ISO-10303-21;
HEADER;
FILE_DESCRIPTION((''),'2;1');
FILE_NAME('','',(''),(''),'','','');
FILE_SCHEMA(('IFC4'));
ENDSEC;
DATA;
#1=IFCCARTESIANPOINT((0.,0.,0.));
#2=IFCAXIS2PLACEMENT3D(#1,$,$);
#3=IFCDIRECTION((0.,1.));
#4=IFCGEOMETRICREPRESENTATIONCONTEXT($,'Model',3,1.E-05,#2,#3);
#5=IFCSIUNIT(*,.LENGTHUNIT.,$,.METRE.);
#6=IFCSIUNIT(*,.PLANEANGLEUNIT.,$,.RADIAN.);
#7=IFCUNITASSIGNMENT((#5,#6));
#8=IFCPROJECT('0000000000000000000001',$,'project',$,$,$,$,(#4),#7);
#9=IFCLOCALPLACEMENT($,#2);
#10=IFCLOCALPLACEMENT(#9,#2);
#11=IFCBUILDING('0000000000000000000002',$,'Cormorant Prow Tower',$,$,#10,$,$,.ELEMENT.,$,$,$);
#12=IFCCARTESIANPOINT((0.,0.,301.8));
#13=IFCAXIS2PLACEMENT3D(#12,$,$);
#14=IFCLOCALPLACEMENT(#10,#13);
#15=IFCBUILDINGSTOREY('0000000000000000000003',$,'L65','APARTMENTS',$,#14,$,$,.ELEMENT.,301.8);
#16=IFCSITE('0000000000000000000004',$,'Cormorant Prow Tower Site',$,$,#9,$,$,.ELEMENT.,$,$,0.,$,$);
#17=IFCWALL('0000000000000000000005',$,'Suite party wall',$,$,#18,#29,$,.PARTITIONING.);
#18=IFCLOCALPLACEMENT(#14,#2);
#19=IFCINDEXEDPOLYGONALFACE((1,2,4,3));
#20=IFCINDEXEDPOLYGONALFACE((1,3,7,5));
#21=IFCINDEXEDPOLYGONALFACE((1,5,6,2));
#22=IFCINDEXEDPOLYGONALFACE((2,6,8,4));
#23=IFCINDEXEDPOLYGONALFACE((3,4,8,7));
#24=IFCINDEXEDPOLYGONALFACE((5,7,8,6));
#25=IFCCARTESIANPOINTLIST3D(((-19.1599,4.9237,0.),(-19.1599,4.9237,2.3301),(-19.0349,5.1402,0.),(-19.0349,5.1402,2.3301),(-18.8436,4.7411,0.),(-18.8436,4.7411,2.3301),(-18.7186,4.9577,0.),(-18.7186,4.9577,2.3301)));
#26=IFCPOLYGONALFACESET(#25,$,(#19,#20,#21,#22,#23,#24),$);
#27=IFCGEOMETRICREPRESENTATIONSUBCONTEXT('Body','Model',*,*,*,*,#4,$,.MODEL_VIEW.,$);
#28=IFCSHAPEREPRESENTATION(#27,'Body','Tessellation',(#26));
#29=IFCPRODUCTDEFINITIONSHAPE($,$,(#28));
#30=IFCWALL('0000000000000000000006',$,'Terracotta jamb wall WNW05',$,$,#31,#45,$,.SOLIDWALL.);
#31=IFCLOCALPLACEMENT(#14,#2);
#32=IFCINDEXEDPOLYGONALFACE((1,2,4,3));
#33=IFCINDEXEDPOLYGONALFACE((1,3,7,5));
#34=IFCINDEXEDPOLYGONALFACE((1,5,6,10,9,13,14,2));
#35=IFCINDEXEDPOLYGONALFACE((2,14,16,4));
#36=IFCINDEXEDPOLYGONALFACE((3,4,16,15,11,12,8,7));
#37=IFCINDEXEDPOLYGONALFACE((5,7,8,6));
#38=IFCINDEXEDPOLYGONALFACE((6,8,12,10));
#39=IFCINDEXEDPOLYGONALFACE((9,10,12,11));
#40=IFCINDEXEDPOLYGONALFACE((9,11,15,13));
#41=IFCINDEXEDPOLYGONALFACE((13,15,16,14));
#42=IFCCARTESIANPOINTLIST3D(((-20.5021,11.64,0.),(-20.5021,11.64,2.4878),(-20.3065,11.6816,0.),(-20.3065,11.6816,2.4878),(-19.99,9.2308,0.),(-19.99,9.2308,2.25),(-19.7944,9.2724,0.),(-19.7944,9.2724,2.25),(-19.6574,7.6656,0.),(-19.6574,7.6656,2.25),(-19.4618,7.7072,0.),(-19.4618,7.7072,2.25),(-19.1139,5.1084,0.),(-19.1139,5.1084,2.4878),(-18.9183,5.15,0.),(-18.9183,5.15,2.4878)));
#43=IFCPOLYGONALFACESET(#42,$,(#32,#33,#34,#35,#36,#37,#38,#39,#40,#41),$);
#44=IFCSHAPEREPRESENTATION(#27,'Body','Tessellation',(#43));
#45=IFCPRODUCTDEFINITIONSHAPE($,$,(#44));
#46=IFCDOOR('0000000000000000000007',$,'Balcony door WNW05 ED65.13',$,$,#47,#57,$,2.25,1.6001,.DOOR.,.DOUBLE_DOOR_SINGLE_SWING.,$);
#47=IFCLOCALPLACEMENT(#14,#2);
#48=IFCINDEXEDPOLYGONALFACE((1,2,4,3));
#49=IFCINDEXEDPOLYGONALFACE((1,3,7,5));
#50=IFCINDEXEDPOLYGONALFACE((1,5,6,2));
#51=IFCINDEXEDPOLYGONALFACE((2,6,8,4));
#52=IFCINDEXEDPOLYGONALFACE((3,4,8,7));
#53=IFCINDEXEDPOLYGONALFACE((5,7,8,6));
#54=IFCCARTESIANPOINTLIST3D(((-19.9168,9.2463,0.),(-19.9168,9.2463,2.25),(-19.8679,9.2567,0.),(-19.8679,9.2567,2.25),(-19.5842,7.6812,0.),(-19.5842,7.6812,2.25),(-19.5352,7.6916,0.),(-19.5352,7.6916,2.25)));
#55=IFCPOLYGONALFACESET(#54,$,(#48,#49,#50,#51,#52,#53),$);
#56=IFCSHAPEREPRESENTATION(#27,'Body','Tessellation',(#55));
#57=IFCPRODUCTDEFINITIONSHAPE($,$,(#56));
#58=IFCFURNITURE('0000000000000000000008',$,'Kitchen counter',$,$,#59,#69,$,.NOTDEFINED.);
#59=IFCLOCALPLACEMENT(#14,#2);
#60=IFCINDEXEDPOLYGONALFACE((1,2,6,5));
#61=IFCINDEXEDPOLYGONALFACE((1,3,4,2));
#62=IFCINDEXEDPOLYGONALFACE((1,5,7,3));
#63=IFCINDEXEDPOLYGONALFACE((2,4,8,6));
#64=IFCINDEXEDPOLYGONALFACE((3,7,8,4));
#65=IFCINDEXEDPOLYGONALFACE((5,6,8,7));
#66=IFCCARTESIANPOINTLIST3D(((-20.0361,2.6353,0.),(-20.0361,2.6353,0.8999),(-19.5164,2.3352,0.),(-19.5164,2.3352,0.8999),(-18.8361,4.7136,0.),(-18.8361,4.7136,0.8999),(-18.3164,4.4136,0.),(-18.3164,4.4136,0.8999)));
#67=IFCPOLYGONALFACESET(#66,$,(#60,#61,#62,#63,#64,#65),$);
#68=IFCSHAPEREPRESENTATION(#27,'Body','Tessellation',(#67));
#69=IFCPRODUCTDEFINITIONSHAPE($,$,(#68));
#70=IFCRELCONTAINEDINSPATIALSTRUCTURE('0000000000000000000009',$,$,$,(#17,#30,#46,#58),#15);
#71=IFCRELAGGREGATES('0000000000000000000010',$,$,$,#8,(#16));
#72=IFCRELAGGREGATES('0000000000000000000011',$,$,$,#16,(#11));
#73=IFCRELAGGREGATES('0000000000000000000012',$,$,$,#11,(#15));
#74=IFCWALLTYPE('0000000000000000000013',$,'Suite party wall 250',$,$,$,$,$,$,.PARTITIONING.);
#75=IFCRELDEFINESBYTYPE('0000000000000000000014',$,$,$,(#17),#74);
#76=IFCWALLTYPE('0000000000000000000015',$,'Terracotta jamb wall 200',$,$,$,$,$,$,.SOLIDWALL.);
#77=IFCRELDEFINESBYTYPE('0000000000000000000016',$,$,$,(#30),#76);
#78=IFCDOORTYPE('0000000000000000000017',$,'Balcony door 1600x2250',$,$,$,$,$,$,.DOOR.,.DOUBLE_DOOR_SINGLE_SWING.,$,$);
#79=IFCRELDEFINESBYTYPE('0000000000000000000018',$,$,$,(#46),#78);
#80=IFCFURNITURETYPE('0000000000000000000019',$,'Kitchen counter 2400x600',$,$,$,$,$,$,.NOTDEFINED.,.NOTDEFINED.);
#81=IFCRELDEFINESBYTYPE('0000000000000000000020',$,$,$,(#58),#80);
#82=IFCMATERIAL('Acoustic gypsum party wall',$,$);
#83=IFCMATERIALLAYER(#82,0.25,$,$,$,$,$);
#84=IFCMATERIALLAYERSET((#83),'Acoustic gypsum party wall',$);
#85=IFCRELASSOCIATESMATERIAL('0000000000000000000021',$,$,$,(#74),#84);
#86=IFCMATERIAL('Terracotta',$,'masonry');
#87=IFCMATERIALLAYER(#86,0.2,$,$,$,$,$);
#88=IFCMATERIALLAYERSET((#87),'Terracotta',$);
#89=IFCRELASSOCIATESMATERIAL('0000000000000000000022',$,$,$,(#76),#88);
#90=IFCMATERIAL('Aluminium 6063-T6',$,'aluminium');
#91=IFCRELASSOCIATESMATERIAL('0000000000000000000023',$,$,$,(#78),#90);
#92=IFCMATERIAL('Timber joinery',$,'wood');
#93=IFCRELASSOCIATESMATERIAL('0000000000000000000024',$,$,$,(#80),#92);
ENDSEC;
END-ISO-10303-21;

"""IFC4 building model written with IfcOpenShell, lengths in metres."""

from ifc_helpers import new_model, si_unit, direction, frame, frame_2d, origin, origin_2d, place, context, subcontext, project, spatial, rectangle, extrude, material, layer, layer_set, type_object, element, fill, save


model = new_model("IFC4")

# Units and contexts
model_context = context("Model", 3, precision=1e-05, world=origin(), true_north=direction((0.0, 1.0)))
body_context = subcontext(model_context, "Body", "Model", "MODEL_VIEW")
ifc_project = project(units=[si_unit("LENGTHUNIT", "METRE"), si_unit("PLANEANGLEUNIT", "RADIAN")], contexts=[model_context])

# Site, building, storey
site_placement = place(None, origin())
site = spatial("IfcSite", under=ifc_project, at=site_placement, Name="Cormorant Prow Tower Site", CompositionType="ELEMENT", RefElevation=0.0)
building_placement = place(site_placement, origin())
building = spatial("IfcBuilding", under=site, at=building_placement, Name="Cormorant Prow Tower", CompositionType="ELEMENT")
storey_placement = place(building_placement, frame((0.0, 0.0, 301.8)))
storey = spatial("IfcBuildingStorey", under=building, at=storey_placement, Name="L65", Description="APARTMENTS", CompositionType="ELEMENT", Elevation=301.8)

# Wall
ifc_material_1 = material(Name="Acoustic gypsum party wall")
ifc_layer_1 = layer(ifc_material_1, 0.25)
ifc_layer_set_1 = layer_set([ifc_layer_1], Name="Acoustic gypsum party wall")
wall_type_1 = type_object("IfcWallType", Name="Suite party wall 250", PredefinedType="PARTITIONING", material=ifc_layer_set_1)
wall_1_placement = place(storey_placement, frame((-19.0974, 5.032, 0.0), z_axis=(0.0, 0.0, 1.0), x_axis=(0.866097, -0.499877, 0.0)))
element("IfcWall", 1, at=wall_1_placement, inside=storey, type_object=wall_type_1, Name="Suite party wall", PredefinedType="PARTITIONING", context=body_context, shape_type="SweptSolid", body=[
    extrude(rectangle(XDim=0.3652, YDim=0.25, at=frame_2d((0.1826, 0.0))), origin(), (0.0, 0.0, 1.0), 2.3301),
])

# Wall, opening, door
ifc_material_2 = material(Name="Terracotta", Category="masonry")
ifc_layer_2 = layer(ifc_material_2, 0.2)
ifc_layer_set_2 = layer_set([ifc_layer_2], Name="Terracotta")
wall_type_2 = type_object("IfcWallType", Name="Terracotta jamb wall 200", PredefinedType="SOLIDWALL", material=ifc_layer_set_2)
wall_2_placement = place(storey_placement, frame((-20.4043, 11.6609, 0.0), z_axis=(0.0, 0.0, 1.0), x_axis=(0.207893, -0.978152, 0.0)))
wall_2 = element("IfcWall", 2, at=wall_2_placement, inside=storey, type_object=wall_type_2, Name="Terracotta jamb wall WNW05", PredefinedType="SOLIDWALL", context=body_context, shape_type="SweptSolid", body=[
    extrude(rectangle(XDim=6.6775, YDim=0.2, at=frame_2d((3.3389, 0.0))), origin(), (0.0, 0.0, 1.0), 2.4878),
])
opening_1_placement = place(wall_2_placement, frame((2.4631, 0.0, 0.0)))
opening_1 = element("IfcOpeningElement", 3, at=opening_1_placement, cuts=wall_2, PredefinedType="OPENING", context=body_context, shape_type="SweptSolid", body=[
    extrude(rectangle(XDim=1.6001, YDim=2.25, at=frame_2d((0.8, 1.125))), frame((0.0, 0.1099, 0.0), z_axis=(0.0, -1.0, 0.0), x_axis=(1.0, 0.0, 0.0)), (0.0, 0.0, 1.0), 0.22),
])
ifc_material_3 = material(Name="Aluminium 6063-T6", Category="aluminium")
door_type_1 = type_object("IfcDoorType", Name="Balcony door 1600x2250", OperationType="DOUBLE_DOOR_SINGLE_SWING", PredefinedType="DOOR", material=ifc_material_3)
door_1_placement = place(opening_1_placement, origin())
door_1 = element("IfcDoor", 4, at=door_1_placement, inside=storey, type_object=door_type_1, Name="Balcony door WNW05 ED65.13", OperationType="DOUBLE_DOOR_SINGLE_SWING", OverallHeight=2.25, OverallWidth=1.6001, PredefinedType="DOOR", context=body_context, shape_type="SweptSolid", body=[
    extrude(rectangle(XDim=1.6001, YDim=2.25, at=frame_2d((0.8, 1.125))), frame((0.0, 0.0249, 0.0), z_axis=(0.0, -1.0, 0.0), x_axis=(1.0, 0.0, 0.0)), (0.0, 0.0, 1.0), 0.05),
])
fill(opening_1, door_1)

# Furniture
ifc_material_4 = material(Name="Timber joinery", Category="wood")
furniture_type = type_object("IfcFurnitureType", Name="Kitchen counter 2400x600", AssemblyPlace="NOTDEFINED", PredefinedType="NOTDEFINED", material=ifc_material_4)
furniture_placement = place(storey_placement, frame((-19.1763, 3.5244, 0.0), z_axis=(0.0, 0.0, 1.0), x_axis=(-0.5, -0.866025, 0.0)))
element("IfcFurniture", 5, at=furniture_placement, inside=storey, type_object=furniture_type, Name="Kitchen counter", PredefinedType="NOTDEFINED", context=body_context, shape_type="SweptSolid", body=[
    extrude(rectangle(XDim=2.3999, YDim=0.6001, at=origin_2d()), origin(), (0.0, 0.0, 1.0), 0.8999),
])

save(model, "model.ifc")
